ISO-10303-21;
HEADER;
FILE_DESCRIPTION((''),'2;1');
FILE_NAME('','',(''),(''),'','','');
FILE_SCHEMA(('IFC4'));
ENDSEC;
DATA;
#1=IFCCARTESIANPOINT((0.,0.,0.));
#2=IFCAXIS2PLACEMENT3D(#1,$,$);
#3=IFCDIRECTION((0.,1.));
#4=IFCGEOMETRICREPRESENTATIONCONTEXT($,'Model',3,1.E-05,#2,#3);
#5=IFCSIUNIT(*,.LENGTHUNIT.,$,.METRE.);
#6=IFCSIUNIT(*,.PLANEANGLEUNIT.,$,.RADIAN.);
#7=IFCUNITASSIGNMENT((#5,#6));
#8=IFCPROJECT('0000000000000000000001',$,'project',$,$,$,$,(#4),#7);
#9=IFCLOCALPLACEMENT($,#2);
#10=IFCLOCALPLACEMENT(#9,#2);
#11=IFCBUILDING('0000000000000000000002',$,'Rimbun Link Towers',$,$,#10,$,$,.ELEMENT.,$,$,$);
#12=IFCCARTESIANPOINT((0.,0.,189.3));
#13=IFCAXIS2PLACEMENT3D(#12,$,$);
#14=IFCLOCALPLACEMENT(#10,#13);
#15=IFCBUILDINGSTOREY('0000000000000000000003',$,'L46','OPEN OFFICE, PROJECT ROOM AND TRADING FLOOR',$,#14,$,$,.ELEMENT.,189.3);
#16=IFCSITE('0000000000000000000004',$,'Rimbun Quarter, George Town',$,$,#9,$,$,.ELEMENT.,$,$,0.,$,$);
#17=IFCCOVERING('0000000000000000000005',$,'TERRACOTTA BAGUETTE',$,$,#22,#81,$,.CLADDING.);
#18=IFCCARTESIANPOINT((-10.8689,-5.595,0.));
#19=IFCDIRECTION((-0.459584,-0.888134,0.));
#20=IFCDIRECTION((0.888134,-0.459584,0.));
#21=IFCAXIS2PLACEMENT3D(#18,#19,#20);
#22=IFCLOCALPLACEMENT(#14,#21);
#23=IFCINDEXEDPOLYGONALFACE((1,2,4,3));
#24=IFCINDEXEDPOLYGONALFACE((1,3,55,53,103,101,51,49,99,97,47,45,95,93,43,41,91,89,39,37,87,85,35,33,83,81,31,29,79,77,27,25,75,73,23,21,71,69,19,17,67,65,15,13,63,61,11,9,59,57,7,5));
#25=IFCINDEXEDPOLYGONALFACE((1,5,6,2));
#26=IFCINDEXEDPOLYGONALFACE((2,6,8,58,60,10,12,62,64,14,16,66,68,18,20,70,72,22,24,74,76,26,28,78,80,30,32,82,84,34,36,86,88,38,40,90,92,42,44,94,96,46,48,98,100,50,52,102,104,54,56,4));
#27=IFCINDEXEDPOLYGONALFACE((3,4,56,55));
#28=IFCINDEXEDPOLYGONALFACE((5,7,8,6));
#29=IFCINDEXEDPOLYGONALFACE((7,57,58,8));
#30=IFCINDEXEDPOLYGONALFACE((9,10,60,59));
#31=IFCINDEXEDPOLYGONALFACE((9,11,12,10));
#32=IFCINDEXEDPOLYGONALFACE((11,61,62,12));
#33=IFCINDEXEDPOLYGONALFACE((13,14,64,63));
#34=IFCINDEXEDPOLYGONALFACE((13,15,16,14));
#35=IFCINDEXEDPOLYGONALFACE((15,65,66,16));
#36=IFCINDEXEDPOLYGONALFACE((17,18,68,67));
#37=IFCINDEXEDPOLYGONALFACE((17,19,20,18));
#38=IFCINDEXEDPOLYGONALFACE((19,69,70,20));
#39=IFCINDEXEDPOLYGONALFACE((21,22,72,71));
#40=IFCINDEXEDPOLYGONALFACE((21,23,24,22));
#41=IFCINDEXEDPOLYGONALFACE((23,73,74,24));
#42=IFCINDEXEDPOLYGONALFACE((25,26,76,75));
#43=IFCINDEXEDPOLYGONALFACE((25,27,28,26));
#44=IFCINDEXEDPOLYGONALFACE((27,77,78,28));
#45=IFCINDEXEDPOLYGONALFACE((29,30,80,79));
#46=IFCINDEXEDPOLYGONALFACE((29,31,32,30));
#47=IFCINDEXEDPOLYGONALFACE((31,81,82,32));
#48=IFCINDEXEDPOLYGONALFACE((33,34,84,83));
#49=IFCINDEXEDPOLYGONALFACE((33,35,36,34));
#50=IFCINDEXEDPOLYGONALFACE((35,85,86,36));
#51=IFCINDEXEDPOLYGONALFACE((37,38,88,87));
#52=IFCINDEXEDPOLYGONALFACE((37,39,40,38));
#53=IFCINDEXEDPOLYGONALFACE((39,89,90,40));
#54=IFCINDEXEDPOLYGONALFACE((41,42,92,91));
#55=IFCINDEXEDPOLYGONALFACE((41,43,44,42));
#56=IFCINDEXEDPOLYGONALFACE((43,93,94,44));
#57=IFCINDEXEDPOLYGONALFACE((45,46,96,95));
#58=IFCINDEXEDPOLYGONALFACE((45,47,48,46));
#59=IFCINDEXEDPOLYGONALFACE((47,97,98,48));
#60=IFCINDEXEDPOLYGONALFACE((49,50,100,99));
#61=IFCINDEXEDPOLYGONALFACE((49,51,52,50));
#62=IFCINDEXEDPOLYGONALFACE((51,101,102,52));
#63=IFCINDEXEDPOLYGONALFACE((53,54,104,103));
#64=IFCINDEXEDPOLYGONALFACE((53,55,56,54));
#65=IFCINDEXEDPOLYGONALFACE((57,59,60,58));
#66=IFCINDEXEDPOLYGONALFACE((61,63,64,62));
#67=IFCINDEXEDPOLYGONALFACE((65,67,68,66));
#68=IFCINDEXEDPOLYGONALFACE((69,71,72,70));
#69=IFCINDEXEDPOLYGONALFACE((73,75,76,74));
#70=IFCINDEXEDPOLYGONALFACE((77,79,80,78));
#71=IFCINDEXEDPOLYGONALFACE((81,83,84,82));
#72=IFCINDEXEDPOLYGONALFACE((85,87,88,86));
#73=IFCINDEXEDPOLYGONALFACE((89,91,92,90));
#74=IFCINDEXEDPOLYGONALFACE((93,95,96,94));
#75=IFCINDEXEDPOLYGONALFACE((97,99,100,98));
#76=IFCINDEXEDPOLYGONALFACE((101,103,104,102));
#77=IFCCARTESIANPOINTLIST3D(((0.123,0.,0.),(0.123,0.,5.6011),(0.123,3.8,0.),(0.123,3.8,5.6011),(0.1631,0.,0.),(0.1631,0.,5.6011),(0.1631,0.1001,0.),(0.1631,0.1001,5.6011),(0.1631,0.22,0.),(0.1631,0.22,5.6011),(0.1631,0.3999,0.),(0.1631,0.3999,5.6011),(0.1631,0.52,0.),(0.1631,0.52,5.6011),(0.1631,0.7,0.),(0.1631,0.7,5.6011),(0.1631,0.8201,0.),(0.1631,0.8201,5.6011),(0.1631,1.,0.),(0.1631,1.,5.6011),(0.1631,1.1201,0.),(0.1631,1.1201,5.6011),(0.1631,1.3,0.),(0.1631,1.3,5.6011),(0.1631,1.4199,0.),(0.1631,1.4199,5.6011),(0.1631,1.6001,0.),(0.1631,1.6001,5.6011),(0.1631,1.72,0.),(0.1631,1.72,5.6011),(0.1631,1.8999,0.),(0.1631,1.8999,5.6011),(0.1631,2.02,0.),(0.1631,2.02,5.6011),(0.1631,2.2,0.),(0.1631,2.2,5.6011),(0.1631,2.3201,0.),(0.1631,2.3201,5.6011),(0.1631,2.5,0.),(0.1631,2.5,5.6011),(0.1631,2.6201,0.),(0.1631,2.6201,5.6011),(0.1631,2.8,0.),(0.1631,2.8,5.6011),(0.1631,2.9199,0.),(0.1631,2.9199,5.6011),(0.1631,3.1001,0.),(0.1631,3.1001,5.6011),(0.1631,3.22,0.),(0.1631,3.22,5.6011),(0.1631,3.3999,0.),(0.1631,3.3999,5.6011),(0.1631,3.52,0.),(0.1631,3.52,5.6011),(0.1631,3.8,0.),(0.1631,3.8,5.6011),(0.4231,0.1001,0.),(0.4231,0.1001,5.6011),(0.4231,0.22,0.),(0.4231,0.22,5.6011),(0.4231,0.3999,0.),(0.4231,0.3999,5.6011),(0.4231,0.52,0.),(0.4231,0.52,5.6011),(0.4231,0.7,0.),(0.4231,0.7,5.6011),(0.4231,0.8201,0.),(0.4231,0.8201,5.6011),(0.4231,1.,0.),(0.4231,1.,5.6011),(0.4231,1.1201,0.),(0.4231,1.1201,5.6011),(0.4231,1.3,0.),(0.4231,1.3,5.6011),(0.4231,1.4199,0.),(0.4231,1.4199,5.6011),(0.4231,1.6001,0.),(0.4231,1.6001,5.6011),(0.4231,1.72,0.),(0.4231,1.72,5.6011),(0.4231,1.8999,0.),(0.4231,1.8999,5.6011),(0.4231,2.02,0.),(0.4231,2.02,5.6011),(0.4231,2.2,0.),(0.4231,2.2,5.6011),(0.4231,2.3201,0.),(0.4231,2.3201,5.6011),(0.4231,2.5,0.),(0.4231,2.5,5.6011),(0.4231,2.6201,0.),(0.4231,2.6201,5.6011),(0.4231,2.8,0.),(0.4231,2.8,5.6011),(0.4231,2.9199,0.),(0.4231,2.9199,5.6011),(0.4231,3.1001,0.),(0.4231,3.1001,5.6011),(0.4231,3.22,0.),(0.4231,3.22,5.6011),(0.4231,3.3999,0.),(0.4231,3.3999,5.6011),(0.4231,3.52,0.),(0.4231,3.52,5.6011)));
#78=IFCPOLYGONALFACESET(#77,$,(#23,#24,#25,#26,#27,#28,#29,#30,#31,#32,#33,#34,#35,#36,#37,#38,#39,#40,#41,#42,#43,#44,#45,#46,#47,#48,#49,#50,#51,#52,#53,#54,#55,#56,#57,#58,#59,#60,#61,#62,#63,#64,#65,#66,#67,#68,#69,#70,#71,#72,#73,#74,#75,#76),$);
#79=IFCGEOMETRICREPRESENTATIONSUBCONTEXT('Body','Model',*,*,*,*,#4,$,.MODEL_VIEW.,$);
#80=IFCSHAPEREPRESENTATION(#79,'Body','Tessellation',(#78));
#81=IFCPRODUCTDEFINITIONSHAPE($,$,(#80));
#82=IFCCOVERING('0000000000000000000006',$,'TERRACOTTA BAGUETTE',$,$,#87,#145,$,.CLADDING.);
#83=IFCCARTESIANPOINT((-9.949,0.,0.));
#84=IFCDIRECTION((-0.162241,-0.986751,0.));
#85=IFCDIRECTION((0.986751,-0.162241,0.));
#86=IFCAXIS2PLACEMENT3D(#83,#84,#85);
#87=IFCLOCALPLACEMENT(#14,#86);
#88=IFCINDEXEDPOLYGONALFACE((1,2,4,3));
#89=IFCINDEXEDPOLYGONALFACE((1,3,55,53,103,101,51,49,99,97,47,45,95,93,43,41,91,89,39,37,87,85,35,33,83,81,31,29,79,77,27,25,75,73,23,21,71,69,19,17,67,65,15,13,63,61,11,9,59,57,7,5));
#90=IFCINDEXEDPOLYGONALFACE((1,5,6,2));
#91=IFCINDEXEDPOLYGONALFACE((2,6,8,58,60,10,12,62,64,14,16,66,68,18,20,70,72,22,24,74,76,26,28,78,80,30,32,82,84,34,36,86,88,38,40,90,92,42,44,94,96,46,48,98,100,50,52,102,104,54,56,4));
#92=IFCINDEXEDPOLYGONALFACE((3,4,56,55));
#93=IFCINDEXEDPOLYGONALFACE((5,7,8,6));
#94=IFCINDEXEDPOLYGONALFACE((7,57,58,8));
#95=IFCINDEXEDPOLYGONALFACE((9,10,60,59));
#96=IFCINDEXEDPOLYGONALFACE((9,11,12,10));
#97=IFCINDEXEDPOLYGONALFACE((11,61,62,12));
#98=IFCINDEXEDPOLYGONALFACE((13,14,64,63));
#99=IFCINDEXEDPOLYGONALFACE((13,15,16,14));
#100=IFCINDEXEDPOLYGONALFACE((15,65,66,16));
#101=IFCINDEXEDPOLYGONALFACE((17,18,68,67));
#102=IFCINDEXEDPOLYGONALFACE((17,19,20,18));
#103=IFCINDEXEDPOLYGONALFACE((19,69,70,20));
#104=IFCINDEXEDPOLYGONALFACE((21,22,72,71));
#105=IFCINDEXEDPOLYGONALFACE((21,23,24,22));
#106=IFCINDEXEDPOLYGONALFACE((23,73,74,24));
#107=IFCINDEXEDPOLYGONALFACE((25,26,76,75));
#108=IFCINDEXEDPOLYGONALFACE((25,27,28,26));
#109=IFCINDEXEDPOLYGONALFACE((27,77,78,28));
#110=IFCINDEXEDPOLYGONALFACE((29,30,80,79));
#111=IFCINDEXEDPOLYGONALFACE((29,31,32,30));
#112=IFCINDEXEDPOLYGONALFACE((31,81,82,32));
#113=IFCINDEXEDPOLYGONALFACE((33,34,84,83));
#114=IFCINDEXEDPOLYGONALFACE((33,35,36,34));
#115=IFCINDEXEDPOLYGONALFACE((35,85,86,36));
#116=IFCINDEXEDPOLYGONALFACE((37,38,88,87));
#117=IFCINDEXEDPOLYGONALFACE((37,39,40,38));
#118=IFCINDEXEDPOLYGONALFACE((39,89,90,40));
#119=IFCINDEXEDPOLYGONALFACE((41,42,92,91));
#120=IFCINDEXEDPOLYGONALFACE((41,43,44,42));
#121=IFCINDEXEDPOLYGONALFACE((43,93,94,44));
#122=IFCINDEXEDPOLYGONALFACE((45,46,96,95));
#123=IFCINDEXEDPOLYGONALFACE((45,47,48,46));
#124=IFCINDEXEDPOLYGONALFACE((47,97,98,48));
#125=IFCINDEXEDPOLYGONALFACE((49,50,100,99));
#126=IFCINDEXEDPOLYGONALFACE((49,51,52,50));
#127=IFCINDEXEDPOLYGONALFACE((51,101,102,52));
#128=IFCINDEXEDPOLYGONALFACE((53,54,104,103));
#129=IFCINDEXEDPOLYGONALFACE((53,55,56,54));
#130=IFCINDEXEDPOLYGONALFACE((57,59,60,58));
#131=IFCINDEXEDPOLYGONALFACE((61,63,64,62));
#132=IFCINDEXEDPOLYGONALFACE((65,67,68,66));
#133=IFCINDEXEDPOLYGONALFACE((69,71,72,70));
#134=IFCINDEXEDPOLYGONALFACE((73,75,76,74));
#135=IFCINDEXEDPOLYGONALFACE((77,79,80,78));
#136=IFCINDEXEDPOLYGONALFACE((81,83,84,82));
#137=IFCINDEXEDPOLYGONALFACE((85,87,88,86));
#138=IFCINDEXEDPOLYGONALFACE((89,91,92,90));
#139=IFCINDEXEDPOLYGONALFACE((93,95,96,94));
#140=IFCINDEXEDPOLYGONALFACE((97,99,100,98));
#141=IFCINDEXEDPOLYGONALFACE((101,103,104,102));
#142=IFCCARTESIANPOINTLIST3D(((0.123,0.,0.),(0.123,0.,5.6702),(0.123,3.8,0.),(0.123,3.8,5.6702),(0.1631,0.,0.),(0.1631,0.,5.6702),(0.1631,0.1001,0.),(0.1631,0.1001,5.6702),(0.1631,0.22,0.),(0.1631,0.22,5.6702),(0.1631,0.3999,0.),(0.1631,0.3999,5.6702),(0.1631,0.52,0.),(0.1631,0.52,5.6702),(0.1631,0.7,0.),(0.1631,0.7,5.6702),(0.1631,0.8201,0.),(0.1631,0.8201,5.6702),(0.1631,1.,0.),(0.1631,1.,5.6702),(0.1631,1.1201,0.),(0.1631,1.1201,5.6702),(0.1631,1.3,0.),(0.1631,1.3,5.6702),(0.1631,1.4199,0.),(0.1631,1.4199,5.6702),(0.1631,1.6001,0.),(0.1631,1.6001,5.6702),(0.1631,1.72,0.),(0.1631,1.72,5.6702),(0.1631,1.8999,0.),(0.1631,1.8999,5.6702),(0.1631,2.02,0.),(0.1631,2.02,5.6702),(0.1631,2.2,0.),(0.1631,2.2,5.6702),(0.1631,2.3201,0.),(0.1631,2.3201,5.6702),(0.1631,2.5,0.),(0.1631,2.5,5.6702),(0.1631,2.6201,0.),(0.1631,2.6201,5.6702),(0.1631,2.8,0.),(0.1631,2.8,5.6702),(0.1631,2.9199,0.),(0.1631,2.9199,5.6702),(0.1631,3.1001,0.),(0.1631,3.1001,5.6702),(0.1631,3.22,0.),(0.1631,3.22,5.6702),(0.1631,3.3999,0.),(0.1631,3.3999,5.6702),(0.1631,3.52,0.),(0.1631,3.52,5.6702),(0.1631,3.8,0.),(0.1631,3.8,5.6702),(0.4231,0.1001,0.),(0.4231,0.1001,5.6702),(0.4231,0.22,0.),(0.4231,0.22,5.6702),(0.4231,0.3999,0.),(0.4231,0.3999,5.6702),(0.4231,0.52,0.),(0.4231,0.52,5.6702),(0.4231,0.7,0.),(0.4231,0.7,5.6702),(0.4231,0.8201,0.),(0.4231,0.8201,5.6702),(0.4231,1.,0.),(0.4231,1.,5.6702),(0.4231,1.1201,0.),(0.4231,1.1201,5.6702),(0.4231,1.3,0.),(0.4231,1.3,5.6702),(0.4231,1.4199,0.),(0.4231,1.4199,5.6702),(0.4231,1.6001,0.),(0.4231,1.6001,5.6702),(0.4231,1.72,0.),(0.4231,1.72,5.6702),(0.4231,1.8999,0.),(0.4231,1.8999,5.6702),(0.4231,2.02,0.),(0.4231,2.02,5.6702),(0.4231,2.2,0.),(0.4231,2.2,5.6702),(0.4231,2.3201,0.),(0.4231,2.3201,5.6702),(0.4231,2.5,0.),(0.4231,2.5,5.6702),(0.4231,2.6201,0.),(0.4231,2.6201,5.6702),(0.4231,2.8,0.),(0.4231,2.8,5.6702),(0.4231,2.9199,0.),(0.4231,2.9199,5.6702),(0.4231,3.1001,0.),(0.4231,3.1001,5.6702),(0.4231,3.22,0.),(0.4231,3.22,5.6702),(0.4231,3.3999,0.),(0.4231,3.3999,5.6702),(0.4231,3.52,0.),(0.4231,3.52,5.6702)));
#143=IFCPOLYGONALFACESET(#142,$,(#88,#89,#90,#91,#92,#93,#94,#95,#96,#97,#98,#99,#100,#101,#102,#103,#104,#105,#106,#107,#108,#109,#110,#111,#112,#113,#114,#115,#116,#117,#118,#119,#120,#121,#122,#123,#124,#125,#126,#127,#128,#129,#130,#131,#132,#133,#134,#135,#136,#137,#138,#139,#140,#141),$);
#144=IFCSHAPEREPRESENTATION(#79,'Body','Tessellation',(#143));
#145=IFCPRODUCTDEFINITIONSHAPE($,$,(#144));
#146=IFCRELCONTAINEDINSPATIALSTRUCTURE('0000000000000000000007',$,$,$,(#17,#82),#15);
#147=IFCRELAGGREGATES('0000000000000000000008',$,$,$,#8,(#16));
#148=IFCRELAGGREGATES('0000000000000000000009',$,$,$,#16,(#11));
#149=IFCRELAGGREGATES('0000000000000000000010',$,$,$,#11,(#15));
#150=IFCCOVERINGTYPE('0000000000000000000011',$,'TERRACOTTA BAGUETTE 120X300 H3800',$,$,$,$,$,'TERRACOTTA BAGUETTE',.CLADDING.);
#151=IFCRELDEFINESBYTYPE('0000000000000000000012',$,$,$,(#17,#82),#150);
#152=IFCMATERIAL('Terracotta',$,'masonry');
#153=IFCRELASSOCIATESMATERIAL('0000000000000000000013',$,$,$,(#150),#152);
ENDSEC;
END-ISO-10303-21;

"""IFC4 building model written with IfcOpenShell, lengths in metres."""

from ifc_helpers import new_model, si_unit, direction, frame, origin, place, context, subcontext, project, spatial, polyline, outline, extrude, material, material_profile, profile_set, type_object, element, save


model = new_model("IFC4")

# Units and contexts
model_context = context("Model", 3, precision=1e-05, world=origin(), true_north=direction((0.0, 1.0)))
body_context = subcontext(model_context, "Body", "Model", "MODEL_VIEW")
ifc_project = project(units=[si_unit("LENGTHUNIT", "METRE"), si_unit("PLANEANGLEUNIT", "RADIAN")], contexts=[model_context])

# Site, building, storey
site_placement = place(None, origin())
site = spatial("IfcSite", under=ifc_project, at=site_placement, Name="Rimbun Quarter, George Town", CompositionType="ELEMENT", RefElevation=0.0)
building_placement = place(site_placement, origin())
building = spatial("IfcBuilding", under=site, at=building_placement, Name="Rimbun Link Towers", CompositionType="ELEMENT")
storey_placement = place(building_placement, frame((0.0, 0.0, 189.3)))
storey = spatial("IfcBuildingStorey", under=building, at=storey_placement, Name="L46", Description="OPEN OFFICE, PROJECT ROOM AND TRADING FLOOR", CompositionType="ELEMENT", Elevation=189.3)

# Coverings
ifc_material_1 = material(Name="Terracotta", Category="masonry")
ifc_material_profile_1 = material_profile(ifc_material_1, outline(polyline([(0.123, 0.0), (0.1631, 0.0), (0.1631, 0.1001), (0.4231, 0.1001), (0.4231, 0.22), (0.1631, 0.22), (0.1631, 0.3999), (0.4231, 0.3999), (0.4231, 0.52), (0.1631, 0.52), (0.1631, 0.7), (0.4231, 0.7), (0.4231, 0.8201), (0.1631, 0.8201), (0.1631, 1.0), (0.4231, 1.0), (0.4231, 1.1201), (0.1631, 1.1201), (0.1631, 1.3), (0.4231, 1.3), (0.4231, 1.4199), (0.1631, 1.4199), (0.1631, 1.6001), (0.4231, 1.6001), (0.4231, 1.72), (0.1631, 1.72), (0.1631, 1.8999), (0.4231, 1.8999), (0.4231, 2.02), (0.1631, 2.02), (0.1631, 2.2), (0.4231, 2.2), (0.4231, 2.3201), (0.1631, 2.3201), (0.1631, 2.5), (0.4231, 2.5), (0.4231, 2.6201), (0.1631, 2.6201), (0.1631, 2.8), (0.4231, 2.8), (0.4231, 2.9199), (0.1631, 2.9199), (0.1631, 3.1001), (0.4231, 3.1001), (0.4231, 3.22), (0.1631, 3.22), (0.1631, 3.3999), (0.4231, 3.3999), (0.4231, 3.52), (0.1631, 3.52), (0.1631, 3.8), (0.123, 3.8), (0.123, 0.0)])), Name="BAGUETTE 120X300")
ifc_profile_set_1 = profile_set([ifc_material_profile_1], Name="Terracotta")
covering_type = type_object("IfcCoveringType", Name="TERRACOTTA BAGUETTE 120X300 H3800", ElementType="TERRACOTTA BAGUETTE", PredefinedType="CLADDING", material=ifc_profile_set_1)
covering_1_placement = place(storey_placement, frame((-10.8689, -5.595, 0.0), z_axis=(-0.459584, -0.888134, 0.0), x_axis=(0.888134, -0.459584, 0.0)))
element("IfcCovering", 1, at=covering_1_placement, inside=storey, type_object=covering_type, Name="TERRACOTTA BAGUETTE", PredefinedType="CLADDING", context=body_context, shape_type="SweptSolid", body=[
    extrude(outline(polyline([(0.123, 0.0), (0.1631, 0.0), (0.1631, 0.1001), (0.4231, 0.1001), (0.4231, 0.22), (0.1631, 0.22), (0.1631, 0.3999), (0.4231, 0.3999), (0.4231, 0.52), (0.1631, 0.52), (0.1631, 0.7), (0.4231, 0.7), (0.4231, 0.8201), (0.1631, 0.8201), (0.1631, 1.0), (0.4231, 1.0), (0.4231, 1.1201), (0.1631, 1.1201), (0.1631, 1.3), (0.4231, 1.3), (0.4231, 1.4199), (0.1631, 1.4199), (0.1631, 1.6001), (0.4231, 1.6001), (0.4231, 1.72), (0.1631, 1.72), (0.1631, 1.8999), (0.4231, 1.8999), (0.4231, 2.02), (0.1631, 2.02), (0.1631, 2.2), (0.4231, 2.2), (0.4231, 2.3201), (0.1631, 2.3201), (0.1631, 2.5), (0.4231, 2.5), (0.4231, 2.6201), (0.1631, 2.6201), (0.1631, 2.8), (0.4231, 2.8), (0.4231, 2.9199), (0.1631, 2.9199), (0.1631, 3.1001), (0.4231, 3.1001), (0.4231, 3.22), (0.1631, 3.22), (0.1631, 3.3999), (0.4231, 3.3999), (0.4231, 3.52), (0.1631, 3.52), (0.1631, 3.8), (0.123, 3.8), (0.123, 0.0)])), origin(), (0.0, 0.0, 1.0), 5.6011),
])
covering_2_placement = place(storey_placement, frame((-9.949, 0.0, 0.0), z_axis=(-0.162241, -0.986751, 0.0), x_axis=(0.986751, -0.162241, 0.0)))
element("IfcCovering", 2, at=covering_2_placement, inside=storey, type_object=covering_type, Name="TERRACOTTA BAGUETTE", PredefinedType="CLADDING", context=body_context, shape_type="SweptSolid", body=[
    extrude(outline(polyline([(0.123, 0.0), (0.1631, 0.0), (0.1631, 0.1001), (0.4231, 0.1001), (0.4231, 0.22), (0.1631, 0.22), (0.1631, 0.3999), (0.4231, 0.3999), (0.4231, 0.52), (0.1631, 0.52), (0.1631, 0.7), (0.4231, 0.7), (0.4231, 0.8201), (0.1631, 0.8201), (0.1631, 1.0), (0.4231, 1.0), (0.4231, 1.1201), (0.1631, 1.1201), (0.1631, 1.3), (0.4231, 1.3), (0.4231, 1.4199), (0.1631, 1.4199), (0.1631, 1.6001), (0.4231, 1.6001), (0.4231, 1.72), (0.1631, 1.72), (0.1631, 1.8999), (0.4231, 1.8999), (0.4231, 2.02), (0.1631, 2.02), (0.1631, 2.2), (0.4231, 2.2), (0.4231, 2.3201), (0.1631, 2.3201), (0.1631, 2.5), (0.4231, 2.5), (0.4231, 2.6201), (0.1631, 2.6201), (0.1631, 2.8), (0.4231, 2.8), (0.4231, 2.9199), (0.1631, 2.9199), (0.1631, 3.1001), (0.4231, 3.1001), (0.4231, 3.22), (0.1631, 3.22), (0.1631, 3.3999), (0.4231, 3.3999), (0.4231, 3.52), (0.1631, 3.52), (0.1631, 3.8), (0.123, 3.8), (0.123, 0.0)])), origin(), (0.0, 0.0, 1.0), 5.6702),
])

save(model, "model.ifc")
